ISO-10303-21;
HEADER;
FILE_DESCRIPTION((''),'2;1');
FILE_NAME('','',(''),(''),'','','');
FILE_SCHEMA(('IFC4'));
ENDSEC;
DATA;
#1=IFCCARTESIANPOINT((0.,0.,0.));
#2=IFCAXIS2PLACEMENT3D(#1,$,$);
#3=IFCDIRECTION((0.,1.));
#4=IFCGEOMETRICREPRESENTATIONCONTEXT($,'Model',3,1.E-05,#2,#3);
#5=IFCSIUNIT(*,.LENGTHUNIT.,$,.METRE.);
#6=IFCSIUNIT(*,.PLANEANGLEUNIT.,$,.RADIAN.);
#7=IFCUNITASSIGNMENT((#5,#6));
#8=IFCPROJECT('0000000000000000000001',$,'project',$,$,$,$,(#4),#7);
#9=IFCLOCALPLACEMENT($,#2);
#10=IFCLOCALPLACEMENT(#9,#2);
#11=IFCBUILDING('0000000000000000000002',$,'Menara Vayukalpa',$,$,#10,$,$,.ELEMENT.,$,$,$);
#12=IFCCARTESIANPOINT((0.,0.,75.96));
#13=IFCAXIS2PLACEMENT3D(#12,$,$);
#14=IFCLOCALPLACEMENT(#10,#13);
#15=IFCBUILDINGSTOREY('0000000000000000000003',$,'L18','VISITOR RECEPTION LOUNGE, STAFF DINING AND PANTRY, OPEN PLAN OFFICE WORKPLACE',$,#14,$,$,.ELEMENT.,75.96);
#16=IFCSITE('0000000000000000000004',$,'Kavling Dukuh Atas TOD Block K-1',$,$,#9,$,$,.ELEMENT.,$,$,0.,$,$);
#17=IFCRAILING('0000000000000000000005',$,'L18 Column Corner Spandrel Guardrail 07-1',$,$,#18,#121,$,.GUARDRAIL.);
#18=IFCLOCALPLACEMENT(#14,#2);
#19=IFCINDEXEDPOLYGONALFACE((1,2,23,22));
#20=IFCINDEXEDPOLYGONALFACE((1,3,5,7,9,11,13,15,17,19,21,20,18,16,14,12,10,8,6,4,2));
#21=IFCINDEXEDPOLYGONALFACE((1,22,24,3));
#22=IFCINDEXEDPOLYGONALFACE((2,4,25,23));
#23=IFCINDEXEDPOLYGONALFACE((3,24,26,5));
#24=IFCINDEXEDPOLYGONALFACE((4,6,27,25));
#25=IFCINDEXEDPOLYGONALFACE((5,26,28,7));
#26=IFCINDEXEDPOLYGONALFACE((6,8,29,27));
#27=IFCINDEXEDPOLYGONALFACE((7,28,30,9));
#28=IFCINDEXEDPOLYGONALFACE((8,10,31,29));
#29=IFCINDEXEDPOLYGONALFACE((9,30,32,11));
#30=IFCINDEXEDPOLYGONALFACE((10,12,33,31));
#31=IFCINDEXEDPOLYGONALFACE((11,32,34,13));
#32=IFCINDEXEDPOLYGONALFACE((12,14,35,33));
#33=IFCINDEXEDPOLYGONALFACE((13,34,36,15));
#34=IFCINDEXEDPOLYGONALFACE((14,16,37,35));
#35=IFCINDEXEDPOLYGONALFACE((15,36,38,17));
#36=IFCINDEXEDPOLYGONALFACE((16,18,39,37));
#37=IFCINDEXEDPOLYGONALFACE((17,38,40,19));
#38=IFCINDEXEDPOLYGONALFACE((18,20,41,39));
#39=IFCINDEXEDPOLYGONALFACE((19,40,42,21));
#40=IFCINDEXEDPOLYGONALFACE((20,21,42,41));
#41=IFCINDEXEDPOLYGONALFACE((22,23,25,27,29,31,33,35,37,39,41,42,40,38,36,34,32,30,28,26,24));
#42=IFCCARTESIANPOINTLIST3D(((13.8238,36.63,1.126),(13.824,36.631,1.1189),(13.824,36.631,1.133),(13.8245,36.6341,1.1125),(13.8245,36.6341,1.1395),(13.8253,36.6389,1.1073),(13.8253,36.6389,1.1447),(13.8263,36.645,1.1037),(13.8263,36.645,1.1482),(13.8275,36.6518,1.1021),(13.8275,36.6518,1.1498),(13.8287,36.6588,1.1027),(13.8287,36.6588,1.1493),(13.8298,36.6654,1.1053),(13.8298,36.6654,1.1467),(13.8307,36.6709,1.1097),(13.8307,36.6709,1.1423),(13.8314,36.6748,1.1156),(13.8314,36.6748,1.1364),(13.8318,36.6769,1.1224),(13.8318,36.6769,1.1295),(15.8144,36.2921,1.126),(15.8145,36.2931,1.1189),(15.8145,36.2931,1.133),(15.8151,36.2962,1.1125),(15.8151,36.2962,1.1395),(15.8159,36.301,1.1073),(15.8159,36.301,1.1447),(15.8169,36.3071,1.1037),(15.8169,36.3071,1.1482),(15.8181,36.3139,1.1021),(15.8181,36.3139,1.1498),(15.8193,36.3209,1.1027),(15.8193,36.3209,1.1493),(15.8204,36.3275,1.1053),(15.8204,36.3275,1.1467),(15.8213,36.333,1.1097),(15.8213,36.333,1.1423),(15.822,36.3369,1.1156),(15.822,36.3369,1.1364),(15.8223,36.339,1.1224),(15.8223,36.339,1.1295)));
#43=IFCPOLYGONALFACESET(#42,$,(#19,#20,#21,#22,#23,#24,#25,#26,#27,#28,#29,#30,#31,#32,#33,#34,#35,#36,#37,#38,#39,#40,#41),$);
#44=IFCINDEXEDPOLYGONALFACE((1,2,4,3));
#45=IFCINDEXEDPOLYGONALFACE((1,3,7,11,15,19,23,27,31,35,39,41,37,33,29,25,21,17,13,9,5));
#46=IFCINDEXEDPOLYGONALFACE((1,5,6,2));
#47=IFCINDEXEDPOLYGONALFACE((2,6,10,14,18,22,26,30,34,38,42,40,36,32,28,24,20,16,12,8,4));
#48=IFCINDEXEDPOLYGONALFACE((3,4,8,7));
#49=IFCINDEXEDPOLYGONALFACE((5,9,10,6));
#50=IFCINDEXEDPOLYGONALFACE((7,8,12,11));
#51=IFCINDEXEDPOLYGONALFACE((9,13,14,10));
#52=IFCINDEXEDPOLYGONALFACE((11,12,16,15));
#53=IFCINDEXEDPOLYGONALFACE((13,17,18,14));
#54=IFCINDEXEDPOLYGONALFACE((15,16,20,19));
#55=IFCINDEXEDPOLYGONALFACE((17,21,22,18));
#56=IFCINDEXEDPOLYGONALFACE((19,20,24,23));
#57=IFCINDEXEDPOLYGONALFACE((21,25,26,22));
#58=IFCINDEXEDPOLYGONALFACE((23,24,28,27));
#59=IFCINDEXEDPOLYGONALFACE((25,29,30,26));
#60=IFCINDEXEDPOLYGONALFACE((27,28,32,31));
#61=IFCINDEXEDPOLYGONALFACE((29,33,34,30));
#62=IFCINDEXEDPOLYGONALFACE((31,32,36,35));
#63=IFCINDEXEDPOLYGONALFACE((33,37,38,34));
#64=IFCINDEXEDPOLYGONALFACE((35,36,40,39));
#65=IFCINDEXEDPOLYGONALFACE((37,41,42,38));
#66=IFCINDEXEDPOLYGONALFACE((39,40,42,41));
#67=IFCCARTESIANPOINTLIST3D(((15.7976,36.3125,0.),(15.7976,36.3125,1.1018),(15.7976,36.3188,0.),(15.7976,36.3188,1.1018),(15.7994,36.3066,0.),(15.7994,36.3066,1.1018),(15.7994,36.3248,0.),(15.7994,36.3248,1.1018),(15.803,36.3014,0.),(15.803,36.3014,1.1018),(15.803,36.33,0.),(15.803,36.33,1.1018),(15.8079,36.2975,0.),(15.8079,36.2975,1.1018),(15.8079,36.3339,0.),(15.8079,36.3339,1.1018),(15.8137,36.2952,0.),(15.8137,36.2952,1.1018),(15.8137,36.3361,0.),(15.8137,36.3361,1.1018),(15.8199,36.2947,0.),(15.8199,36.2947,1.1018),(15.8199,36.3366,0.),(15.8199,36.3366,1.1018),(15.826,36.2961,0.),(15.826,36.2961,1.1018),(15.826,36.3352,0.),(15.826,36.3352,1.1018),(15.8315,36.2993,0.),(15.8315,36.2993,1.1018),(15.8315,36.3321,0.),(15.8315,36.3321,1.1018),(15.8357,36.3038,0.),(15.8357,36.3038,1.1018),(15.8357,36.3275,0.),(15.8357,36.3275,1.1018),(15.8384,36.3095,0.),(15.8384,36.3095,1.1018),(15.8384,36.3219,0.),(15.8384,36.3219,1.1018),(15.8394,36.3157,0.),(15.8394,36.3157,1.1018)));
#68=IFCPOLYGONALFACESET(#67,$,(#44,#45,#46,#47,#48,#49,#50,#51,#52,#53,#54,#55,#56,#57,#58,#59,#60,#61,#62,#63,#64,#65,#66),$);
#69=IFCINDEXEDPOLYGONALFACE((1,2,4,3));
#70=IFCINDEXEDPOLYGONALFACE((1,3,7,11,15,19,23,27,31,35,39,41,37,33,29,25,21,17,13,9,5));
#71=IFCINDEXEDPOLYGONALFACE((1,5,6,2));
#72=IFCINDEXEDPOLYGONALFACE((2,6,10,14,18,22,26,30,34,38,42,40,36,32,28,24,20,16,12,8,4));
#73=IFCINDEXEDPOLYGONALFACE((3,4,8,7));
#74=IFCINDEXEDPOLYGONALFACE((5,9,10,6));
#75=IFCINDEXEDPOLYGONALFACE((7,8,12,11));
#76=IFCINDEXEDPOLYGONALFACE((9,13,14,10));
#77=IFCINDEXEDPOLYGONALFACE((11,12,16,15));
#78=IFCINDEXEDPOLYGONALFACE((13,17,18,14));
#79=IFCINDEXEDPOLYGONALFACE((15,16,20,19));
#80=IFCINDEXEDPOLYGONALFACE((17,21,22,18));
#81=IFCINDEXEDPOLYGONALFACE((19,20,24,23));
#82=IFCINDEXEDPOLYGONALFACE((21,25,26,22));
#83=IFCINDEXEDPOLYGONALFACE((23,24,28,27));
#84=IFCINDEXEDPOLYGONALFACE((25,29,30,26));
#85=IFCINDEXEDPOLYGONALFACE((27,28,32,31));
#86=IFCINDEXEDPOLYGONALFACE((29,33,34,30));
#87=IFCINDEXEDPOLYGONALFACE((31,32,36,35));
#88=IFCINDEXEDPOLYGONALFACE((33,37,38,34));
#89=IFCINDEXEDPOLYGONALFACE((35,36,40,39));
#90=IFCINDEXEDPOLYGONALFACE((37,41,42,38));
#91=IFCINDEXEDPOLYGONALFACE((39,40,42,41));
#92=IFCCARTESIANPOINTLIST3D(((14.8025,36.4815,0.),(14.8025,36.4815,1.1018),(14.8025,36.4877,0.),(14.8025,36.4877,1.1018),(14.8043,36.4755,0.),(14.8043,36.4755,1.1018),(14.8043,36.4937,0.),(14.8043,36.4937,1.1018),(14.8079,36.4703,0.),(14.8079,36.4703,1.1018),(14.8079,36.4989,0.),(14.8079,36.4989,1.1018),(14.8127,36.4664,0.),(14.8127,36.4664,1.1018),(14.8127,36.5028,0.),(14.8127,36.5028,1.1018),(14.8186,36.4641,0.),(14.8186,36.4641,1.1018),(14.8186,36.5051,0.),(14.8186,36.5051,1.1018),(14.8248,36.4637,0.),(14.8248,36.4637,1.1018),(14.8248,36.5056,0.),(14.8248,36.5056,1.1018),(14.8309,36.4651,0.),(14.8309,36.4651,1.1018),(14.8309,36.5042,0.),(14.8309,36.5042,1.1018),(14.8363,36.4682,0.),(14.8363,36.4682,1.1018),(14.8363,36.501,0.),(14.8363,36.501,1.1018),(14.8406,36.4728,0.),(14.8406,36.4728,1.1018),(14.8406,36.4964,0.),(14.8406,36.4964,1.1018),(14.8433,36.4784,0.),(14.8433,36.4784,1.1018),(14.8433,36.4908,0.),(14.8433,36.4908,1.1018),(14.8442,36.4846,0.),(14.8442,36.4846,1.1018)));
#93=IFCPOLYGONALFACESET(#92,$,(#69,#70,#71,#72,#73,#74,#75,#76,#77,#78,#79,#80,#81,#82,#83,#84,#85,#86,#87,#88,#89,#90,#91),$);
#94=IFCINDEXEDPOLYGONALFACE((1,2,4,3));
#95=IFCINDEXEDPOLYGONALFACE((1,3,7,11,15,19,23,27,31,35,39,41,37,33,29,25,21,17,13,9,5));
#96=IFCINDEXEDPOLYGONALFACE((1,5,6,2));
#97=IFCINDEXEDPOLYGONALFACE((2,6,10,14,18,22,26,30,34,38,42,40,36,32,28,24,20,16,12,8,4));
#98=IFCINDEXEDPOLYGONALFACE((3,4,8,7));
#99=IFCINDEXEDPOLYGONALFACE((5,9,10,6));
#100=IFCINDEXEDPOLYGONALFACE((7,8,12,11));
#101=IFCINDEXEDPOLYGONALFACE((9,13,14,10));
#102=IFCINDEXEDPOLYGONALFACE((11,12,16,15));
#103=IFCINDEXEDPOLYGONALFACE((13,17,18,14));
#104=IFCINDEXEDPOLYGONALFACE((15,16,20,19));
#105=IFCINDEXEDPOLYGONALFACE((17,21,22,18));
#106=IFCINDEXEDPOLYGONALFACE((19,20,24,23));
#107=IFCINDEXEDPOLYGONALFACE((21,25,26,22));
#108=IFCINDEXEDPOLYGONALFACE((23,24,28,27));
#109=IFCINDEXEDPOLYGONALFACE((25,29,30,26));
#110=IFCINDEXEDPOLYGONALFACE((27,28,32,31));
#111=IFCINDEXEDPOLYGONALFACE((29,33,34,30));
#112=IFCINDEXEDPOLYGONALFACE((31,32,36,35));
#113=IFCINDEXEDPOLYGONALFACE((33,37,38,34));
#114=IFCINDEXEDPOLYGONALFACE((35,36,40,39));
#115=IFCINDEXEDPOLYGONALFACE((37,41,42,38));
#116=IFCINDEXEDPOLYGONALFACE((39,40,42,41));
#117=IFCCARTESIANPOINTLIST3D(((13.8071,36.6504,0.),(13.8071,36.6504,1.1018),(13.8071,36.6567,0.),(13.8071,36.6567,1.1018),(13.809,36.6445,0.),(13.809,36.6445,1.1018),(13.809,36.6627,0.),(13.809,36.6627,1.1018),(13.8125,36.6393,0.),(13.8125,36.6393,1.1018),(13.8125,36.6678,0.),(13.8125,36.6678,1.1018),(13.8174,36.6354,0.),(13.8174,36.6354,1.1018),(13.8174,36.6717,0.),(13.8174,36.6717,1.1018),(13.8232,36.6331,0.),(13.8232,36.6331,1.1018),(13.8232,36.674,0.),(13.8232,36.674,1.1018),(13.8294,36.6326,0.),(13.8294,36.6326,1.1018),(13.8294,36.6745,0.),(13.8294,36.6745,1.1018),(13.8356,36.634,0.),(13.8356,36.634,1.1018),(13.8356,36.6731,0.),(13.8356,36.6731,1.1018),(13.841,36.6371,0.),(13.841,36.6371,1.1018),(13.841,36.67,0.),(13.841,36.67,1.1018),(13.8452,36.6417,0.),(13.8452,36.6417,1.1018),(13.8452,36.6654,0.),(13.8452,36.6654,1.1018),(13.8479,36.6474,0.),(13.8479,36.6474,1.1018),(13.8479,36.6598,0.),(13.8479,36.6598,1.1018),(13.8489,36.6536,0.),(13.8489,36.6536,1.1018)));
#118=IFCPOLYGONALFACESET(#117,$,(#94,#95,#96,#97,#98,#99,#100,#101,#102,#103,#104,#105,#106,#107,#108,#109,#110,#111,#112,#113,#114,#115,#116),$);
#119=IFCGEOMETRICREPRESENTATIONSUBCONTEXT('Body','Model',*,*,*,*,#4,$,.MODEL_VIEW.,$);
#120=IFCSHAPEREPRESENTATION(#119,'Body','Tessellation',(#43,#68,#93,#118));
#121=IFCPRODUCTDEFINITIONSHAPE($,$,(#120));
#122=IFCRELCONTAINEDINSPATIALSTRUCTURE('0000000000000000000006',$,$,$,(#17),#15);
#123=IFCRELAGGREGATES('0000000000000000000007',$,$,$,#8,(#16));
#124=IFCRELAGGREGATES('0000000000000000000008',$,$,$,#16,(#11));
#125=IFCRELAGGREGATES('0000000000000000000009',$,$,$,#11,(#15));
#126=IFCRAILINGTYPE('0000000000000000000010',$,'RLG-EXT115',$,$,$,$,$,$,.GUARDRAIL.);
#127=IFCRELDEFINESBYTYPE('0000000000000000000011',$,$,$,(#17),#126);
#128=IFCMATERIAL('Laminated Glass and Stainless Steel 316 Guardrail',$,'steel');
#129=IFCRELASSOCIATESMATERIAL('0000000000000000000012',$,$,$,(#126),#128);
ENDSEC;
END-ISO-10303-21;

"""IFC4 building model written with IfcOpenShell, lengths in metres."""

from ifc_helpers import new_model, si_unit, direction, frame, origin, origin_2d, place, context, subcontext, project, spatial, circle, extrude, material, type_object, element, save


model = new_model("IFC4")

# Units and contexts
model_context = context("Model", 3, precision=1e-05, world=origin(), true_north=direction((0.0, 1.0)))
body_context = subcontext(model_context, "Body", "Model", "MODEL_VIEW")
ifc_project = project(units=[si_unit("LENGTHUNIT", "METRE"), si_unit("PLANEANGLEUNIT", "RADIAN")], contexts=[model_context])

# Site, building, storey
site_placement = place(None, origin())
site = spatial("IfcSite", under=ifc_project, at=site_placement, Name="Kavling Dukuh Atas TOD Block K-1", CompositionType="ELEMENT", RefElevation=0.0)
building_placement = place(site_placement, origin())
building = spatial("IfcBuilding", under=site, at=building_placement, Name="Menara Vayukalpa", CompositionType="ELEMENT")
storey_placement = place(building_placement, frame((0.0, 0.0, 75.96)))
storey = spatial("IfcBuildingStorey", under=building, at=storey_placement, Name="L18", Description="VISITOR RECEPTION LOUNGE, STAFF DINING AND PANTRY, OPEN PLAN OFFICE WORKPLACE", CompositionType="ELEMENT", Elevation=75.96)

# Railing
ifc_material_1 = material(Name="Laminated Glass and Stainless Steel 316 Guardrail", Category="steel")
railing_type = type_object("IfcRailingType", Name="RLG-EXT115", PredefinedType="GUARDRAIL", material=ifc_material_1)
railing_1_placement = place(storey_placement, frame((15.8184, 36.3157, 0.0)))
element("IfcRailing", 1, at=railing_1_placement, inside=storey, type_object=railing_type, Name="L18 Column Corner Spandrel Guardrail 07-1", PredefinedType="GUARDRAIL", context=body_context, shape_type="SweptSolid", body=[
    extrude(circle(Radius=0.0239, at=origin_2d()), frame((0.0, 0.0, 1.126), z_axis=(-0.985896, 0.167359, 0.0), x_axis=(-0.167359, -0.985896, 0.0)), (0.0, 0.0, 1.0), 2.019),
    extrude(circle(Radius=0.021, at=origin_2d()), origin(), (0.0, 0.0, 1.0), 1.1018),
    extrude(circle(Radius=0.021, at=origin_2d()), frame((-0.9951, 0.1689, 0.0)), (0.0, 0.0, 1.0), 1.1018),
    extrude(circle(Radius=0.021, at=origin_2d()), frame((-1.9905, 0.3379, 0.0)), (0.0, 0.0, 1.0), 1.1018),
])

save(model, "model.ifc")
